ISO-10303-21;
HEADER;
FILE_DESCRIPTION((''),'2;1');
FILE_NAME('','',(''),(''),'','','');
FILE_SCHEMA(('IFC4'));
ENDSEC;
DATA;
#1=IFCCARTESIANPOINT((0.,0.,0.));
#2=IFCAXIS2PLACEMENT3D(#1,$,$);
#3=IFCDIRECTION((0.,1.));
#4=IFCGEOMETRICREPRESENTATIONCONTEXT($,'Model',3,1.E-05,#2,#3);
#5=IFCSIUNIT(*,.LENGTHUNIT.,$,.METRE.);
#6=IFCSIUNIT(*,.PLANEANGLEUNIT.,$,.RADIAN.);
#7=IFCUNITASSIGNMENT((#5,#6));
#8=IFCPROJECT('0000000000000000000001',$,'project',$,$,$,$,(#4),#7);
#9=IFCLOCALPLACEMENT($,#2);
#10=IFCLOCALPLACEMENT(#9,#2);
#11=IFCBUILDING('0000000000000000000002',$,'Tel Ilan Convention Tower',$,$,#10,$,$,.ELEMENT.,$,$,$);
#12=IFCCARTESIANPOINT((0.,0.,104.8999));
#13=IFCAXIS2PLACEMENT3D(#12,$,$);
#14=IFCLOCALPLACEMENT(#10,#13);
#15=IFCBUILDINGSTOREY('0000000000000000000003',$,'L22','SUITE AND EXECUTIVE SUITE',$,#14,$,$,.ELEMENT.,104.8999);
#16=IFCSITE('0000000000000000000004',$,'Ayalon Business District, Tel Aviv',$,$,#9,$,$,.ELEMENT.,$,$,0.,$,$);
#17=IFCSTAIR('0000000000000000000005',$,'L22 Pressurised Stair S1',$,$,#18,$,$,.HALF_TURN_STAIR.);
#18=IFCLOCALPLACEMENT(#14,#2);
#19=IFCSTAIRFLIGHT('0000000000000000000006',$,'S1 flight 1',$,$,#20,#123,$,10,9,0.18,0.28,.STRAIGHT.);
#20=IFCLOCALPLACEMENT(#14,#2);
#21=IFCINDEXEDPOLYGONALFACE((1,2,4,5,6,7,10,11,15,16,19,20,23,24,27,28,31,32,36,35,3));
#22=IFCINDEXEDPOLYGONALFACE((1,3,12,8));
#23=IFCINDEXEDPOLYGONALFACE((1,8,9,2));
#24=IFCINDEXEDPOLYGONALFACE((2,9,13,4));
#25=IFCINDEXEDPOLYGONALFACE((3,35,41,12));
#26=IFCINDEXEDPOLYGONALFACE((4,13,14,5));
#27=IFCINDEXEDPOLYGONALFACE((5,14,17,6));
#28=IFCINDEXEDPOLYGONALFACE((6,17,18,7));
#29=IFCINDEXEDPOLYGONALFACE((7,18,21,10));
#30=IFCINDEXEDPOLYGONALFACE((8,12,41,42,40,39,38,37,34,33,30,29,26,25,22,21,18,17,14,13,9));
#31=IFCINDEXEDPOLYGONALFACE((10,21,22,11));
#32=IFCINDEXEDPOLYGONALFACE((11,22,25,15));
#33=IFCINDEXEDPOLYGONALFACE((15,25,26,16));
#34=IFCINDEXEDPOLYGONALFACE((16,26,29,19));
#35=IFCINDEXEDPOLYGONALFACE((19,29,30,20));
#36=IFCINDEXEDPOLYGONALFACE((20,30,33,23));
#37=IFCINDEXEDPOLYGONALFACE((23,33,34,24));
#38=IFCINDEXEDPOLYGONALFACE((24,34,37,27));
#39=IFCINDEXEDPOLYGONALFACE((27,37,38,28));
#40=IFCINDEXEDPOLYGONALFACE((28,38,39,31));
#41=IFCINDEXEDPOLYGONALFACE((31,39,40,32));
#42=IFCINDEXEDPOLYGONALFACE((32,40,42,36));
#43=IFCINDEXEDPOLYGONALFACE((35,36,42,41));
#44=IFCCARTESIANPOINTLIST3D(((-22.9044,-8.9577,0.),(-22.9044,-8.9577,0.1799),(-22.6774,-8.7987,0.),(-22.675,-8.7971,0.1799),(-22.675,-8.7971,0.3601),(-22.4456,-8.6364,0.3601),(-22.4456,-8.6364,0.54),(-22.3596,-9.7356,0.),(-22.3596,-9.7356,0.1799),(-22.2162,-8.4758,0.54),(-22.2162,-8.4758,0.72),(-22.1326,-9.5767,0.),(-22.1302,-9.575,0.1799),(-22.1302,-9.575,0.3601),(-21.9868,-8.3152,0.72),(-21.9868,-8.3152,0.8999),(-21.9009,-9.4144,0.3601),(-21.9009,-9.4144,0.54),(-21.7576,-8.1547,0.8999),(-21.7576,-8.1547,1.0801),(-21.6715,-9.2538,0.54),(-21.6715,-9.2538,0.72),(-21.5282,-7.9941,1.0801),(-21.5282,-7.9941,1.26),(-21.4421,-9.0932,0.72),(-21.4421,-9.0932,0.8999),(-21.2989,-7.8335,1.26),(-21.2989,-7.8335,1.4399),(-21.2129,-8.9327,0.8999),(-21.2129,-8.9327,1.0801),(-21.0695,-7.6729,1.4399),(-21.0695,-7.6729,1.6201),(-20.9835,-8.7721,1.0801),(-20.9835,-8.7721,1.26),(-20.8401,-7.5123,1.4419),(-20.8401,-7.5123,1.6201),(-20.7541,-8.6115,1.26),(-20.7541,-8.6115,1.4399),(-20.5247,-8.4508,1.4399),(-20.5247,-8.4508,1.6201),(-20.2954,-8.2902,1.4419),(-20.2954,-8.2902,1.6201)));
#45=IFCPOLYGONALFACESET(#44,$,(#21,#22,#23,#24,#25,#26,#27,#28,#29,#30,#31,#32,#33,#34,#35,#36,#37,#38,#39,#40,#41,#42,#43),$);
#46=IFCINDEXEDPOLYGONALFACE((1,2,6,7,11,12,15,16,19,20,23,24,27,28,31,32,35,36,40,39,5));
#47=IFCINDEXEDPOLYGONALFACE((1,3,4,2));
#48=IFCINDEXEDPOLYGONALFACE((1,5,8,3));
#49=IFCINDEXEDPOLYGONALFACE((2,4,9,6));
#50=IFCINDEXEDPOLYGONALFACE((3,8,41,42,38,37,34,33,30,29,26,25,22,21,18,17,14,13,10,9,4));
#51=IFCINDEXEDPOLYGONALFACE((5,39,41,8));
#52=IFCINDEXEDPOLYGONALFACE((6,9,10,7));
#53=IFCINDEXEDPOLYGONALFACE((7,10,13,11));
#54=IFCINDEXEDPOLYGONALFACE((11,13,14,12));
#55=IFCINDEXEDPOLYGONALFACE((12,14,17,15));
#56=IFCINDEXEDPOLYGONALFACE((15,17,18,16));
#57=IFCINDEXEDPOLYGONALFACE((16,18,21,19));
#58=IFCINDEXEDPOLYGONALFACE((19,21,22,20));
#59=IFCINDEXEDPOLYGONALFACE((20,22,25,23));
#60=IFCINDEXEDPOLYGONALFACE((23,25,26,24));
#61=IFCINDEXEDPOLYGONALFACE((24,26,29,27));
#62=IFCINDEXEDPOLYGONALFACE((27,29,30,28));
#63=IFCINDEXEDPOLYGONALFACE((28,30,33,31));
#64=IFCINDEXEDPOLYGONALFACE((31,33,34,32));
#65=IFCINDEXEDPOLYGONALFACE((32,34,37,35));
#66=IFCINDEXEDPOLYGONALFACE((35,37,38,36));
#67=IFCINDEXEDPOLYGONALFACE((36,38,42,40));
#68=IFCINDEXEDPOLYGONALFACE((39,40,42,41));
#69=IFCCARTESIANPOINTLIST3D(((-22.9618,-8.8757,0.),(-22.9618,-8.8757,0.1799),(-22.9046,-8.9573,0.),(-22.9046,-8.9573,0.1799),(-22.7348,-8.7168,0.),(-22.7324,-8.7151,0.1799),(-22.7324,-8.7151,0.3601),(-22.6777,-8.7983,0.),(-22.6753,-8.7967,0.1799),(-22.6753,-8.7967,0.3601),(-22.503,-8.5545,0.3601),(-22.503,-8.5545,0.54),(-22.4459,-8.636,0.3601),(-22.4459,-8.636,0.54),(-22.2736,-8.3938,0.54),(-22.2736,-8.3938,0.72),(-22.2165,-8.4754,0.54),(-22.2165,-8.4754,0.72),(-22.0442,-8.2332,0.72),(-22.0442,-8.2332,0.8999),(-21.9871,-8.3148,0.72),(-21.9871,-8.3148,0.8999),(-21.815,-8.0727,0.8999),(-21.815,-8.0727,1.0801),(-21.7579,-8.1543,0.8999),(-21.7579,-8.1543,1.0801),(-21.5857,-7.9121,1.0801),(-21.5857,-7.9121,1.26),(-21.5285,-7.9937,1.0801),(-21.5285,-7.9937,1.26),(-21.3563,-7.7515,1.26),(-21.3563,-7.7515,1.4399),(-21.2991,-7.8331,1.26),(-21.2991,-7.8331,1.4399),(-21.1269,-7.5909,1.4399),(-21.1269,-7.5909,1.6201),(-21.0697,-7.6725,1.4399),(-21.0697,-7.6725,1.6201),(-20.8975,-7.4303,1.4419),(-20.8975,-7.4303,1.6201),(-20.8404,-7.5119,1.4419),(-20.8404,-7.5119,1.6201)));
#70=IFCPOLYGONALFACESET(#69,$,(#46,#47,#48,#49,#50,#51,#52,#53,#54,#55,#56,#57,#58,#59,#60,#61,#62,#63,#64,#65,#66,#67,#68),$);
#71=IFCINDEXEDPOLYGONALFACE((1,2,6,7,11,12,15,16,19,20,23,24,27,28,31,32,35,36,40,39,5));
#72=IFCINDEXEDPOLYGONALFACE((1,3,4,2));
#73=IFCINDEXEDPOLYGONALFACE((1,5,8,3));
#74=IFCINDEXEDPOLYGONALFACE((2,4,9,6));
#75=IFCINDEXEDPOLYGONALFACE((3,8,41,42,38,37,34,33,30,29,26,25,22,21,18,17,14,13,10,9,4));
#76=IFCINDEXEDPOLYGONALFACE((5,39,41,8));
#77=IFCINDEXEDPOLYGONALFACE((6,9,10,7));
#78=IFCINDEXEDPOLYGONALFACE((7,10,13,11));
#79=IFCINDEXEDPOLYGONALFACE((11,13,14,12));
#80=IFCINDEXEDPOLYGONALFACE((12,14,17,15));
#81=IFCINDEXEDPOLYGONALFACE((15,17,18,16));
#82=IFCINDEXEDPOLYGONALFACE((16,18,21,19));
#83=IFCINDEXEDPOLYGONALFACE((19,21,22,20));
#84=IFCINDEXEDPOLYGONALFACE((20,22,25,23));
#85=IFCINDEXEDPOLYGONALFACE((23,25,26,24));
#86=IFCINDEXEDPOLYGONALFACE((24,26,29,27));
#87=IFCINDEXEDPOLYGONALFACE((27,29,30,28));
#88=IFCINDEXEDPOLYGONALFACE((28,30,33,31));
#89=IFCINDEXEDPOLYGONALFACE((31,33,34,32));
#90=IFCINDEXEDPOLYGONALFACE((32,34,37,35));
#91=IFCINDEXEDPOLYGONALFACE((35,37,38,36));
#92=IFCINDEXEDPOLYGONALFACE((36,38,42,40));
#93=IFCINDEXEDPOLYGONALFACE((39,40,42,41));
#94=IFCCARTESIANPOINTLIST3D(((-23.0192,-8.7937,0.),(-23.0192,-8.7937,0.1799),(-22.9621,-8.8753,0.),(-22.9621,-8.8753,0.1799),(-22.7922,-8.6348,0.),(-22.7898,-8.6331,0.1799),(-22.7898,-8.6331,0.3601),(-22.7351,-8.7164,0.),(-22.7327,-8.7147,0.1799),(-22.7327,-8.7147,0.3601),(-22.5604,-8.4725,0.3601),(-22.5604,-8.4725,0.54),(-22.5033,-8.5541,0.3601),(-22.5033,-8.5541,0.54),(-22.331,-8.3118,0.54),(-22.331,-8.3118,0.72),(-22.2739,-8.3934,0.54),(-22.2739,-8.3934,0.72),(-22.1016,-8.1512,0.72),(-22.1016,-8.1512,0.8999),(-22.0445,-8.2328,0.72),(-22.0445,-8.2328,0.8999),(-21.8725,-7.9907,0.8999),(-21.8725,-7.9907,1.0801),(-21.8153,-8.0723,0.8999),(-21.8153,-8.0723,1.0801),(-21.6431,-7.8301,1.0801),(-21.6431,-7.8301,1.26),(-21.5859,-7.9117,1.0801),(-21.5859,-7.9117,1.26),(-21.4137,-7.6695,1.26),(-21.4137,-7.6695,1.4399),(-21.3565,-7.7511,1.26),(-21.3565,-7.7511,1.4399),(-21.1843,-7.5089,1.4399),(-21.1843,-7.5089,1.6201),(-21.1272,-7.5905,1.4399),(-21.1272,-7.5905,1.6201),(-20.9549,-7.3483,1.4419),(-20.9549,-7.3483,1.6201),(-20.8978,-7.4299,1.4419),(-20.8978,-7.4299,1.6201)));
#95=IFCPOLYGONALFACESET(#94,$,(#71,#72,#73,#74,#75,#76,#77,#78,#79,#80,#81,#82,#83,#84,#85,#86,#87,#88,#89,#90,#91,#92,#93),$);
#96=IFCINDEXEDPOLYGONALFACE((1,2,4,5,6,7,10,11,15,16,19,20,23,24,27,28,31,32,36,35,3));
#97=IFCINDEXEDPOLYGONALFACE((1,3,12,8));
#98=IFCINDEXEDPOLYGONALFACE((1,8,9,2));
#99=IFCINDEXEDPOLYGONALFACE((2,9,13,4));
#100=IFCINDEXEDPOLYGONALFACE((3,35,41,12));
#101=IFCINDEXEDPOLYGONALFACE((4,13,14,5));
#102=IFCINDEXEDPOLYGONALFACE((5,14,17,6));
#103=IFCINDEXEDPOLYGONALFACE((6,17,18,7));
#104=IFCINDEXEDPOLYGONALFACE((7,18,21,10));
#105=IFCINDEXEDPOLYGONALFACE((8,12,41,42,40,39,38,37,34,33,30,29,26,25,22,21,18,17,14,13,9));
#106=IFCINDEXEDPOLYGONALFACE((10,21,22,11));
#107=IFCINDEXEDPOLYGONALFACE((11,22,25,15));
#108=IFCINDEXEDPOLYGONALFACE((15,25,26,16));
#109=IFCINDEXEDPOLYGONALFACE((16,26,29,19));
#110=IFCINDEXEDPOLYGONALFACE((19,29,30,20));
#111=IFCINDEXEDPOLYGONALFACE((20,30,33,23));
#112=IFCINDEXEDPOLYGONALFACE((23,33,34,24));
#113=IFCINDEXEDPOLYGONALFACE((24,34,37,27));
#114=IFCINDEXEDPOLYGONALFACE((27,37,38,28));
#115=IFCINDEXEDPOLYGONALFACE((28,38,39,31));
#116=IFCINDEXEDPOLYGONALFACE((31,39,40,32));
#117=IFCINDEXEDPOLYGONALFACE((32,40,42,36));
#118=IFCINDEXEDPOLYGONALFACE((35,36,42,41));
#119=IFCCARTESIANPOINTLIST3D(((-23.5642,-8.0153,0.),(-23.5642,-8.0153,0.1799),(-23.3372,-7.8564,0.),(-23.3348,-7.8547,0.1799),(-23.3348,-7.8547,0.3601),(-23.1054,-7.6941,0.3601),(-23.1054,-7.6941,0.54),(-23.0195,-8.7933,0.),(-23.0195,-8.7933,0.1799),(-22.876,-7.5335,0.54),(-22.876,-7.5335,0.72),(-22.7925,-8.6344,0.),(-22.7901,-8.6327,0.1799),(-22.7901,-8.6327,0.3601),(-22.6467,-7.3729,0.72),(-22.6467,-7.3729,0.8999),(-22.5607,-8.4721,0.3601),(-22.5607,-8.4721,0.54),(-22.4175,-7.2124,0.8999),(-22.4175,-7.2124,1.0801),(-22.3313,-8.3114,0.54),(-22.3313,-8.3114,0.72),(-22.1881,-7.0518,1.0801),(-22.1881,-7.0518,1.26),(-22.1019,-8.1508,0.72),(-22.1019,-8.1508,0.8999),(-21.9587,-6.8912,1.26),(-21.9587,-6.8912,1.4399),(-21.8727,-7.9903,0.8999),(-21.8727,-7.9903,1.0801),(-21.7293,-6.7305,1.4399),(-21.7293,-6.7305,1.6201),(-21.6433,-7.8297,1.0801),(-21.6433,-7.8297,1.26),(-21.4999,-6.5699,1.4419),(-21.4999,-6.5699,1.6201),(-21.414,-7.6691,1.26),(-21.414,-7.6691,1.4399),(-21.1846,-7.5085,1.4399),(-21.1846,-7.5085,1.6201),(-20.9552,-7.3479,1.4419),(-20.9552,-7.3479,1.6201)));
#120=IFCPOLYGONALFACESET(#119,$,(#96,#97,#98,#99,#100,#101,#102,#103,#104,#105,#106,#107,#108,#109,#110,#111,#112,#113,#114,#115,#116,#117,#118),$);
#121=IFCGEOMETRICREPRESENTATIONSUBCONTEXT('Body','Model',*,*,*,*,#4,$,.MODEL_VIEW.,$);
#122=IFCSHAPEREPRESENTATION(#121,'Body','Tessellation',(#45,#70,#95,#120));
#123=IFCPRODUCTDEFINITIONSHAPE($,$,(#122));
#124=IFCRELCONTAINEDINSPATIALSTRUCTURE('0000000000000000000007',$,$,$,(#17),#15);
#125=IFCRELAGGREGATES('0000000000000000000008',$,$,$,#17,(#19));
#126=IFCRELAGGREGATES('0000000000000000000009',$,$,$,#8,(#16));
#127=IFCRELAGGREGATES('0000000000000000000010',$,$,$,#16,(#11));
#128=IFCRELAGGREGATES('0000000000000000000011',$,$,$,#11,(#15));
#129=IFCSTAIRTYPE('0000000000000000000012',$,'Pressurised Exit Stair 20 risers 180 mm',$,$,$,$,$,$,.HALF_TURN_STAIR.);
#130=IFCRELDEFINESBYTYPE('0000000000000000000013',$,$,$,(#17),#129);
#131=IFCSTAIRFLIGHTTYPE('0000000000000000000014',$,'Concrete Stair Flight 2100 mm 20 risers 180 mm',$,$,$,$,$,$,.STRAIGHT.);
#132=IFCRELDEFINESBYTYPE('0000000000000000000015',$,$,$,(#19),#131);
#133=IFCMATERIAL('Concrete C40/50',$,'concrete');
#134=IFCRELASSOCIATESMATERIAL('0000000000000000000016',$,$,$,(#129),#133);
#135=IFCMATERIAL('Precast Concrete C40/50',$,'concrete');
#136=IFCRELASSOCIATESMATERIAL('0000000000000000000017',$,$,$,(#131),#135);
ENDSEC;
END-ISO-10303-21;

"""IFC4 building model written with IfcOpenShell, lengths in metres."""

from ifc_helpers import new_model, si_unit, direction, frame, origin, place, context, subcontext, project, spatial, polyline, outline, extrude, material, type_object, element, aggregate, save


model = new_model("IFC4")

# Units and contexts
model_context = context("Model", 3, precision=1e-05, world=origin(), true_north=direction((0.0, 1.0)))
body_context = subcontext(model_context, "Body", "Model", "MODEL_VIEW")
ifc_project = project(units=[si_unit("LENGTHUNIT", "METRE"), si_unit("PLANEANGLEUNIT", "RADIAN")], contexts=[model_context])

# Site, building, storey
site_placement = place(None, origin())
site = spatial("IfcSite", under=ifc_project, at=site_placement, Name="Ayalon Business District, Tel Aviv", CompositionType="ELEMENT", RefElevation=0.0)
building_placement = place(site_placement, origin())
building = spatial("IfcBuilding", under=site, at=building_placement, Name="Tel Ilan Convention Tower", CompositionType="ELEMENT")
storey_placement = place(building_placement, frame((0.0, 0.0, 104.8999)))
storey = spatial("IfcBuildingStorey", under=building, at=storey_placement, Name="L22", Description="SUITE AND EXECUTIVE SUITE", CompositionType="ELEMENT", Elevation=104.8999)

# Stair, stair flight
ifc_material_1 = material(Name="Concrete C40/50", Category="concrete")
stair_type = type_object("IfcStairType", Name="Pressurised Exit Stair 20 risers 180 mm", PredefinedType="HALF_TURN_STAIR", material=ifc_material_1)
stair_1_placement = place(storey_placement, origin())
stair_1 = element("IfcStair", 1, at=stair_1_placement, inside=storey, type_object=stair_type, Name="L22 Pressurised Stair S1", PredefinedType="HALF_TURN_STAIR")
ifc_material_2 = material(Name="Precast Concrete C40/50", Category="concrete")
stair_flight_type = type_object("IfcStairFlightType", Name="Concrete Stair Flight 2100 mm 20 risers 180 mm", PredefinedType="STRAIGHT", material=ifc_material_2)
stair_flight_1_placement = place(storey_placement, frame((-22.9619, -8.8755, 0.0), z_axis=(0.0, 0.0, 1.0), x_axis=(0.819152, 0.573576, 0.0)))
stair_flight_1 = element("IfcStairFlight", 2, at=stair_flight_1_placement, type_object=stair_flight_type, Name="S1 flight 1", NumberOfRisers=10, NumberOfTreads=9, PredefinedType="STRAIGHT", RiserHeight=0.18, TreadLength=0.28, context=body_context, shape_type="SweptSolid", body=[
    extrude(outline(polyline([(0.0, 0.0), (0.0, 0.1799), (0.28, 0.1799), (0.28, 0.3601), (0.5601, 0.3601), (0.5601, 0.54), (0.8401, 0.54), (0.8401, 0.72), (1.1201, 0.72), (1.1201, 0.8999), (1.3999, 0.8999), (1.3999, 1.0801), (1.6799, 1.0801), (1.6799, 1.26), (1.96, 1.26), (1.96, 1.4399), (2.24, 1.4399), (2.24, 1.6201), (2.52, 1.6201), (2.52, 1.8), (2.52, 1.4419), (0.2771, 0.0), (0.0, 0.0)])), frame((0.0, -0.1003, 0.0), z_axis=(0.0, -1.0, 0.0), x_axis=(1.0, 0.0, 0.0)), (0.0, 0.0, 1.0), 0.9497),
    extrude(outline(polyline([(0.0, 0.0), (0.0, 0.1799), (0.28, 0.1799), (0.28, 0.3601), (0.5601, 0.3601), (0.5601, 0.54), (0.8401, 0.54), (0.8401, 0.72), (1.1201, 0.72), (1.1201, 0.8999), (1.3999, 0.8999), (1.3999, 1.0801), (1.6799, 1.0801), (1.6799, 1.26), (1.96, 1.26), (1.96, 1.4399), (2.24, 1.4399), (2.24, 1.6201), (2.52, 1.6201), (2.52, 1.8), (2.52, 1.4419), (0.2771, 0.0), (0.0, 0.0)])), frame((0.0, -0.0002, 0.0), z_axis=(0.0, -1.0, 0.0), x_axis=(1.0, 0.0, 0.0)), (0.0, 0.0, 1.0), 0.0996),
    extrude(outline(polyline([(0.0, 0.0), (0.0, 0.1799), (0.28, 0.1799), (0.28, 0.3601), (0.5601, 0.3601), (0.5601, 0.54), (0.8401, 0.54), (0.8401, 0.72), (1.1201, 0.72), (1.1201, 0.8999), (1.3999, 0.8999), (1.3999, 1.0801), (1.6799, 1.0801), (1.6799, 1.26), (1.96, 1.26), (1.96, 1.4399), (2.24, 1.4399), (2.24, 1.6201), (2.52, 1.6201), (2.52, 1.8), (2.52, 1.4419), (0.2771, 0.0), (0.0, 0.0)])), frame((0.0, 0.0999, 0.0), z_axis=(0.0, -1.0, 0.0), x_axis=(1.0, 0.0, 0.0)), (0.0, 0.0, 1.0), 0.0996),
    extrude(outline(polyline([(0.0, 0.0), (0.0, 0.1799), (0.28, 0.1799), (0.28, 0.3601), (0.5601, 0.3601), (0.5601, 0.54), (0.8401, 0.54), (0.8401, 0.72), (1.1201, 0.72), (1.1201, 0.8999), (1.3999, 0.8999), (1.3999, 1.0801), (1.6799, 1.0801), (1.6799, 1.26), (1.96, 1.26), (1.96, 1.4399), (2.24, 1.4399), (2.24, 1.6201), (2.52, 1.6201), (2.52, 1.8), (2.52, 1.4419), (0.2771, 0.0), (0.0, 0.0)])), frame((0.0, 1.05, 0.0), z_axis=(0.0, -1.0, 0.0), x_axis=(1.0, 0.0, 0.0)), (0.0, 0.0, 1.0), 0.9497),
])
aggregate(stair_1, [stair_flight_1])

save(model, "model.ifc")
